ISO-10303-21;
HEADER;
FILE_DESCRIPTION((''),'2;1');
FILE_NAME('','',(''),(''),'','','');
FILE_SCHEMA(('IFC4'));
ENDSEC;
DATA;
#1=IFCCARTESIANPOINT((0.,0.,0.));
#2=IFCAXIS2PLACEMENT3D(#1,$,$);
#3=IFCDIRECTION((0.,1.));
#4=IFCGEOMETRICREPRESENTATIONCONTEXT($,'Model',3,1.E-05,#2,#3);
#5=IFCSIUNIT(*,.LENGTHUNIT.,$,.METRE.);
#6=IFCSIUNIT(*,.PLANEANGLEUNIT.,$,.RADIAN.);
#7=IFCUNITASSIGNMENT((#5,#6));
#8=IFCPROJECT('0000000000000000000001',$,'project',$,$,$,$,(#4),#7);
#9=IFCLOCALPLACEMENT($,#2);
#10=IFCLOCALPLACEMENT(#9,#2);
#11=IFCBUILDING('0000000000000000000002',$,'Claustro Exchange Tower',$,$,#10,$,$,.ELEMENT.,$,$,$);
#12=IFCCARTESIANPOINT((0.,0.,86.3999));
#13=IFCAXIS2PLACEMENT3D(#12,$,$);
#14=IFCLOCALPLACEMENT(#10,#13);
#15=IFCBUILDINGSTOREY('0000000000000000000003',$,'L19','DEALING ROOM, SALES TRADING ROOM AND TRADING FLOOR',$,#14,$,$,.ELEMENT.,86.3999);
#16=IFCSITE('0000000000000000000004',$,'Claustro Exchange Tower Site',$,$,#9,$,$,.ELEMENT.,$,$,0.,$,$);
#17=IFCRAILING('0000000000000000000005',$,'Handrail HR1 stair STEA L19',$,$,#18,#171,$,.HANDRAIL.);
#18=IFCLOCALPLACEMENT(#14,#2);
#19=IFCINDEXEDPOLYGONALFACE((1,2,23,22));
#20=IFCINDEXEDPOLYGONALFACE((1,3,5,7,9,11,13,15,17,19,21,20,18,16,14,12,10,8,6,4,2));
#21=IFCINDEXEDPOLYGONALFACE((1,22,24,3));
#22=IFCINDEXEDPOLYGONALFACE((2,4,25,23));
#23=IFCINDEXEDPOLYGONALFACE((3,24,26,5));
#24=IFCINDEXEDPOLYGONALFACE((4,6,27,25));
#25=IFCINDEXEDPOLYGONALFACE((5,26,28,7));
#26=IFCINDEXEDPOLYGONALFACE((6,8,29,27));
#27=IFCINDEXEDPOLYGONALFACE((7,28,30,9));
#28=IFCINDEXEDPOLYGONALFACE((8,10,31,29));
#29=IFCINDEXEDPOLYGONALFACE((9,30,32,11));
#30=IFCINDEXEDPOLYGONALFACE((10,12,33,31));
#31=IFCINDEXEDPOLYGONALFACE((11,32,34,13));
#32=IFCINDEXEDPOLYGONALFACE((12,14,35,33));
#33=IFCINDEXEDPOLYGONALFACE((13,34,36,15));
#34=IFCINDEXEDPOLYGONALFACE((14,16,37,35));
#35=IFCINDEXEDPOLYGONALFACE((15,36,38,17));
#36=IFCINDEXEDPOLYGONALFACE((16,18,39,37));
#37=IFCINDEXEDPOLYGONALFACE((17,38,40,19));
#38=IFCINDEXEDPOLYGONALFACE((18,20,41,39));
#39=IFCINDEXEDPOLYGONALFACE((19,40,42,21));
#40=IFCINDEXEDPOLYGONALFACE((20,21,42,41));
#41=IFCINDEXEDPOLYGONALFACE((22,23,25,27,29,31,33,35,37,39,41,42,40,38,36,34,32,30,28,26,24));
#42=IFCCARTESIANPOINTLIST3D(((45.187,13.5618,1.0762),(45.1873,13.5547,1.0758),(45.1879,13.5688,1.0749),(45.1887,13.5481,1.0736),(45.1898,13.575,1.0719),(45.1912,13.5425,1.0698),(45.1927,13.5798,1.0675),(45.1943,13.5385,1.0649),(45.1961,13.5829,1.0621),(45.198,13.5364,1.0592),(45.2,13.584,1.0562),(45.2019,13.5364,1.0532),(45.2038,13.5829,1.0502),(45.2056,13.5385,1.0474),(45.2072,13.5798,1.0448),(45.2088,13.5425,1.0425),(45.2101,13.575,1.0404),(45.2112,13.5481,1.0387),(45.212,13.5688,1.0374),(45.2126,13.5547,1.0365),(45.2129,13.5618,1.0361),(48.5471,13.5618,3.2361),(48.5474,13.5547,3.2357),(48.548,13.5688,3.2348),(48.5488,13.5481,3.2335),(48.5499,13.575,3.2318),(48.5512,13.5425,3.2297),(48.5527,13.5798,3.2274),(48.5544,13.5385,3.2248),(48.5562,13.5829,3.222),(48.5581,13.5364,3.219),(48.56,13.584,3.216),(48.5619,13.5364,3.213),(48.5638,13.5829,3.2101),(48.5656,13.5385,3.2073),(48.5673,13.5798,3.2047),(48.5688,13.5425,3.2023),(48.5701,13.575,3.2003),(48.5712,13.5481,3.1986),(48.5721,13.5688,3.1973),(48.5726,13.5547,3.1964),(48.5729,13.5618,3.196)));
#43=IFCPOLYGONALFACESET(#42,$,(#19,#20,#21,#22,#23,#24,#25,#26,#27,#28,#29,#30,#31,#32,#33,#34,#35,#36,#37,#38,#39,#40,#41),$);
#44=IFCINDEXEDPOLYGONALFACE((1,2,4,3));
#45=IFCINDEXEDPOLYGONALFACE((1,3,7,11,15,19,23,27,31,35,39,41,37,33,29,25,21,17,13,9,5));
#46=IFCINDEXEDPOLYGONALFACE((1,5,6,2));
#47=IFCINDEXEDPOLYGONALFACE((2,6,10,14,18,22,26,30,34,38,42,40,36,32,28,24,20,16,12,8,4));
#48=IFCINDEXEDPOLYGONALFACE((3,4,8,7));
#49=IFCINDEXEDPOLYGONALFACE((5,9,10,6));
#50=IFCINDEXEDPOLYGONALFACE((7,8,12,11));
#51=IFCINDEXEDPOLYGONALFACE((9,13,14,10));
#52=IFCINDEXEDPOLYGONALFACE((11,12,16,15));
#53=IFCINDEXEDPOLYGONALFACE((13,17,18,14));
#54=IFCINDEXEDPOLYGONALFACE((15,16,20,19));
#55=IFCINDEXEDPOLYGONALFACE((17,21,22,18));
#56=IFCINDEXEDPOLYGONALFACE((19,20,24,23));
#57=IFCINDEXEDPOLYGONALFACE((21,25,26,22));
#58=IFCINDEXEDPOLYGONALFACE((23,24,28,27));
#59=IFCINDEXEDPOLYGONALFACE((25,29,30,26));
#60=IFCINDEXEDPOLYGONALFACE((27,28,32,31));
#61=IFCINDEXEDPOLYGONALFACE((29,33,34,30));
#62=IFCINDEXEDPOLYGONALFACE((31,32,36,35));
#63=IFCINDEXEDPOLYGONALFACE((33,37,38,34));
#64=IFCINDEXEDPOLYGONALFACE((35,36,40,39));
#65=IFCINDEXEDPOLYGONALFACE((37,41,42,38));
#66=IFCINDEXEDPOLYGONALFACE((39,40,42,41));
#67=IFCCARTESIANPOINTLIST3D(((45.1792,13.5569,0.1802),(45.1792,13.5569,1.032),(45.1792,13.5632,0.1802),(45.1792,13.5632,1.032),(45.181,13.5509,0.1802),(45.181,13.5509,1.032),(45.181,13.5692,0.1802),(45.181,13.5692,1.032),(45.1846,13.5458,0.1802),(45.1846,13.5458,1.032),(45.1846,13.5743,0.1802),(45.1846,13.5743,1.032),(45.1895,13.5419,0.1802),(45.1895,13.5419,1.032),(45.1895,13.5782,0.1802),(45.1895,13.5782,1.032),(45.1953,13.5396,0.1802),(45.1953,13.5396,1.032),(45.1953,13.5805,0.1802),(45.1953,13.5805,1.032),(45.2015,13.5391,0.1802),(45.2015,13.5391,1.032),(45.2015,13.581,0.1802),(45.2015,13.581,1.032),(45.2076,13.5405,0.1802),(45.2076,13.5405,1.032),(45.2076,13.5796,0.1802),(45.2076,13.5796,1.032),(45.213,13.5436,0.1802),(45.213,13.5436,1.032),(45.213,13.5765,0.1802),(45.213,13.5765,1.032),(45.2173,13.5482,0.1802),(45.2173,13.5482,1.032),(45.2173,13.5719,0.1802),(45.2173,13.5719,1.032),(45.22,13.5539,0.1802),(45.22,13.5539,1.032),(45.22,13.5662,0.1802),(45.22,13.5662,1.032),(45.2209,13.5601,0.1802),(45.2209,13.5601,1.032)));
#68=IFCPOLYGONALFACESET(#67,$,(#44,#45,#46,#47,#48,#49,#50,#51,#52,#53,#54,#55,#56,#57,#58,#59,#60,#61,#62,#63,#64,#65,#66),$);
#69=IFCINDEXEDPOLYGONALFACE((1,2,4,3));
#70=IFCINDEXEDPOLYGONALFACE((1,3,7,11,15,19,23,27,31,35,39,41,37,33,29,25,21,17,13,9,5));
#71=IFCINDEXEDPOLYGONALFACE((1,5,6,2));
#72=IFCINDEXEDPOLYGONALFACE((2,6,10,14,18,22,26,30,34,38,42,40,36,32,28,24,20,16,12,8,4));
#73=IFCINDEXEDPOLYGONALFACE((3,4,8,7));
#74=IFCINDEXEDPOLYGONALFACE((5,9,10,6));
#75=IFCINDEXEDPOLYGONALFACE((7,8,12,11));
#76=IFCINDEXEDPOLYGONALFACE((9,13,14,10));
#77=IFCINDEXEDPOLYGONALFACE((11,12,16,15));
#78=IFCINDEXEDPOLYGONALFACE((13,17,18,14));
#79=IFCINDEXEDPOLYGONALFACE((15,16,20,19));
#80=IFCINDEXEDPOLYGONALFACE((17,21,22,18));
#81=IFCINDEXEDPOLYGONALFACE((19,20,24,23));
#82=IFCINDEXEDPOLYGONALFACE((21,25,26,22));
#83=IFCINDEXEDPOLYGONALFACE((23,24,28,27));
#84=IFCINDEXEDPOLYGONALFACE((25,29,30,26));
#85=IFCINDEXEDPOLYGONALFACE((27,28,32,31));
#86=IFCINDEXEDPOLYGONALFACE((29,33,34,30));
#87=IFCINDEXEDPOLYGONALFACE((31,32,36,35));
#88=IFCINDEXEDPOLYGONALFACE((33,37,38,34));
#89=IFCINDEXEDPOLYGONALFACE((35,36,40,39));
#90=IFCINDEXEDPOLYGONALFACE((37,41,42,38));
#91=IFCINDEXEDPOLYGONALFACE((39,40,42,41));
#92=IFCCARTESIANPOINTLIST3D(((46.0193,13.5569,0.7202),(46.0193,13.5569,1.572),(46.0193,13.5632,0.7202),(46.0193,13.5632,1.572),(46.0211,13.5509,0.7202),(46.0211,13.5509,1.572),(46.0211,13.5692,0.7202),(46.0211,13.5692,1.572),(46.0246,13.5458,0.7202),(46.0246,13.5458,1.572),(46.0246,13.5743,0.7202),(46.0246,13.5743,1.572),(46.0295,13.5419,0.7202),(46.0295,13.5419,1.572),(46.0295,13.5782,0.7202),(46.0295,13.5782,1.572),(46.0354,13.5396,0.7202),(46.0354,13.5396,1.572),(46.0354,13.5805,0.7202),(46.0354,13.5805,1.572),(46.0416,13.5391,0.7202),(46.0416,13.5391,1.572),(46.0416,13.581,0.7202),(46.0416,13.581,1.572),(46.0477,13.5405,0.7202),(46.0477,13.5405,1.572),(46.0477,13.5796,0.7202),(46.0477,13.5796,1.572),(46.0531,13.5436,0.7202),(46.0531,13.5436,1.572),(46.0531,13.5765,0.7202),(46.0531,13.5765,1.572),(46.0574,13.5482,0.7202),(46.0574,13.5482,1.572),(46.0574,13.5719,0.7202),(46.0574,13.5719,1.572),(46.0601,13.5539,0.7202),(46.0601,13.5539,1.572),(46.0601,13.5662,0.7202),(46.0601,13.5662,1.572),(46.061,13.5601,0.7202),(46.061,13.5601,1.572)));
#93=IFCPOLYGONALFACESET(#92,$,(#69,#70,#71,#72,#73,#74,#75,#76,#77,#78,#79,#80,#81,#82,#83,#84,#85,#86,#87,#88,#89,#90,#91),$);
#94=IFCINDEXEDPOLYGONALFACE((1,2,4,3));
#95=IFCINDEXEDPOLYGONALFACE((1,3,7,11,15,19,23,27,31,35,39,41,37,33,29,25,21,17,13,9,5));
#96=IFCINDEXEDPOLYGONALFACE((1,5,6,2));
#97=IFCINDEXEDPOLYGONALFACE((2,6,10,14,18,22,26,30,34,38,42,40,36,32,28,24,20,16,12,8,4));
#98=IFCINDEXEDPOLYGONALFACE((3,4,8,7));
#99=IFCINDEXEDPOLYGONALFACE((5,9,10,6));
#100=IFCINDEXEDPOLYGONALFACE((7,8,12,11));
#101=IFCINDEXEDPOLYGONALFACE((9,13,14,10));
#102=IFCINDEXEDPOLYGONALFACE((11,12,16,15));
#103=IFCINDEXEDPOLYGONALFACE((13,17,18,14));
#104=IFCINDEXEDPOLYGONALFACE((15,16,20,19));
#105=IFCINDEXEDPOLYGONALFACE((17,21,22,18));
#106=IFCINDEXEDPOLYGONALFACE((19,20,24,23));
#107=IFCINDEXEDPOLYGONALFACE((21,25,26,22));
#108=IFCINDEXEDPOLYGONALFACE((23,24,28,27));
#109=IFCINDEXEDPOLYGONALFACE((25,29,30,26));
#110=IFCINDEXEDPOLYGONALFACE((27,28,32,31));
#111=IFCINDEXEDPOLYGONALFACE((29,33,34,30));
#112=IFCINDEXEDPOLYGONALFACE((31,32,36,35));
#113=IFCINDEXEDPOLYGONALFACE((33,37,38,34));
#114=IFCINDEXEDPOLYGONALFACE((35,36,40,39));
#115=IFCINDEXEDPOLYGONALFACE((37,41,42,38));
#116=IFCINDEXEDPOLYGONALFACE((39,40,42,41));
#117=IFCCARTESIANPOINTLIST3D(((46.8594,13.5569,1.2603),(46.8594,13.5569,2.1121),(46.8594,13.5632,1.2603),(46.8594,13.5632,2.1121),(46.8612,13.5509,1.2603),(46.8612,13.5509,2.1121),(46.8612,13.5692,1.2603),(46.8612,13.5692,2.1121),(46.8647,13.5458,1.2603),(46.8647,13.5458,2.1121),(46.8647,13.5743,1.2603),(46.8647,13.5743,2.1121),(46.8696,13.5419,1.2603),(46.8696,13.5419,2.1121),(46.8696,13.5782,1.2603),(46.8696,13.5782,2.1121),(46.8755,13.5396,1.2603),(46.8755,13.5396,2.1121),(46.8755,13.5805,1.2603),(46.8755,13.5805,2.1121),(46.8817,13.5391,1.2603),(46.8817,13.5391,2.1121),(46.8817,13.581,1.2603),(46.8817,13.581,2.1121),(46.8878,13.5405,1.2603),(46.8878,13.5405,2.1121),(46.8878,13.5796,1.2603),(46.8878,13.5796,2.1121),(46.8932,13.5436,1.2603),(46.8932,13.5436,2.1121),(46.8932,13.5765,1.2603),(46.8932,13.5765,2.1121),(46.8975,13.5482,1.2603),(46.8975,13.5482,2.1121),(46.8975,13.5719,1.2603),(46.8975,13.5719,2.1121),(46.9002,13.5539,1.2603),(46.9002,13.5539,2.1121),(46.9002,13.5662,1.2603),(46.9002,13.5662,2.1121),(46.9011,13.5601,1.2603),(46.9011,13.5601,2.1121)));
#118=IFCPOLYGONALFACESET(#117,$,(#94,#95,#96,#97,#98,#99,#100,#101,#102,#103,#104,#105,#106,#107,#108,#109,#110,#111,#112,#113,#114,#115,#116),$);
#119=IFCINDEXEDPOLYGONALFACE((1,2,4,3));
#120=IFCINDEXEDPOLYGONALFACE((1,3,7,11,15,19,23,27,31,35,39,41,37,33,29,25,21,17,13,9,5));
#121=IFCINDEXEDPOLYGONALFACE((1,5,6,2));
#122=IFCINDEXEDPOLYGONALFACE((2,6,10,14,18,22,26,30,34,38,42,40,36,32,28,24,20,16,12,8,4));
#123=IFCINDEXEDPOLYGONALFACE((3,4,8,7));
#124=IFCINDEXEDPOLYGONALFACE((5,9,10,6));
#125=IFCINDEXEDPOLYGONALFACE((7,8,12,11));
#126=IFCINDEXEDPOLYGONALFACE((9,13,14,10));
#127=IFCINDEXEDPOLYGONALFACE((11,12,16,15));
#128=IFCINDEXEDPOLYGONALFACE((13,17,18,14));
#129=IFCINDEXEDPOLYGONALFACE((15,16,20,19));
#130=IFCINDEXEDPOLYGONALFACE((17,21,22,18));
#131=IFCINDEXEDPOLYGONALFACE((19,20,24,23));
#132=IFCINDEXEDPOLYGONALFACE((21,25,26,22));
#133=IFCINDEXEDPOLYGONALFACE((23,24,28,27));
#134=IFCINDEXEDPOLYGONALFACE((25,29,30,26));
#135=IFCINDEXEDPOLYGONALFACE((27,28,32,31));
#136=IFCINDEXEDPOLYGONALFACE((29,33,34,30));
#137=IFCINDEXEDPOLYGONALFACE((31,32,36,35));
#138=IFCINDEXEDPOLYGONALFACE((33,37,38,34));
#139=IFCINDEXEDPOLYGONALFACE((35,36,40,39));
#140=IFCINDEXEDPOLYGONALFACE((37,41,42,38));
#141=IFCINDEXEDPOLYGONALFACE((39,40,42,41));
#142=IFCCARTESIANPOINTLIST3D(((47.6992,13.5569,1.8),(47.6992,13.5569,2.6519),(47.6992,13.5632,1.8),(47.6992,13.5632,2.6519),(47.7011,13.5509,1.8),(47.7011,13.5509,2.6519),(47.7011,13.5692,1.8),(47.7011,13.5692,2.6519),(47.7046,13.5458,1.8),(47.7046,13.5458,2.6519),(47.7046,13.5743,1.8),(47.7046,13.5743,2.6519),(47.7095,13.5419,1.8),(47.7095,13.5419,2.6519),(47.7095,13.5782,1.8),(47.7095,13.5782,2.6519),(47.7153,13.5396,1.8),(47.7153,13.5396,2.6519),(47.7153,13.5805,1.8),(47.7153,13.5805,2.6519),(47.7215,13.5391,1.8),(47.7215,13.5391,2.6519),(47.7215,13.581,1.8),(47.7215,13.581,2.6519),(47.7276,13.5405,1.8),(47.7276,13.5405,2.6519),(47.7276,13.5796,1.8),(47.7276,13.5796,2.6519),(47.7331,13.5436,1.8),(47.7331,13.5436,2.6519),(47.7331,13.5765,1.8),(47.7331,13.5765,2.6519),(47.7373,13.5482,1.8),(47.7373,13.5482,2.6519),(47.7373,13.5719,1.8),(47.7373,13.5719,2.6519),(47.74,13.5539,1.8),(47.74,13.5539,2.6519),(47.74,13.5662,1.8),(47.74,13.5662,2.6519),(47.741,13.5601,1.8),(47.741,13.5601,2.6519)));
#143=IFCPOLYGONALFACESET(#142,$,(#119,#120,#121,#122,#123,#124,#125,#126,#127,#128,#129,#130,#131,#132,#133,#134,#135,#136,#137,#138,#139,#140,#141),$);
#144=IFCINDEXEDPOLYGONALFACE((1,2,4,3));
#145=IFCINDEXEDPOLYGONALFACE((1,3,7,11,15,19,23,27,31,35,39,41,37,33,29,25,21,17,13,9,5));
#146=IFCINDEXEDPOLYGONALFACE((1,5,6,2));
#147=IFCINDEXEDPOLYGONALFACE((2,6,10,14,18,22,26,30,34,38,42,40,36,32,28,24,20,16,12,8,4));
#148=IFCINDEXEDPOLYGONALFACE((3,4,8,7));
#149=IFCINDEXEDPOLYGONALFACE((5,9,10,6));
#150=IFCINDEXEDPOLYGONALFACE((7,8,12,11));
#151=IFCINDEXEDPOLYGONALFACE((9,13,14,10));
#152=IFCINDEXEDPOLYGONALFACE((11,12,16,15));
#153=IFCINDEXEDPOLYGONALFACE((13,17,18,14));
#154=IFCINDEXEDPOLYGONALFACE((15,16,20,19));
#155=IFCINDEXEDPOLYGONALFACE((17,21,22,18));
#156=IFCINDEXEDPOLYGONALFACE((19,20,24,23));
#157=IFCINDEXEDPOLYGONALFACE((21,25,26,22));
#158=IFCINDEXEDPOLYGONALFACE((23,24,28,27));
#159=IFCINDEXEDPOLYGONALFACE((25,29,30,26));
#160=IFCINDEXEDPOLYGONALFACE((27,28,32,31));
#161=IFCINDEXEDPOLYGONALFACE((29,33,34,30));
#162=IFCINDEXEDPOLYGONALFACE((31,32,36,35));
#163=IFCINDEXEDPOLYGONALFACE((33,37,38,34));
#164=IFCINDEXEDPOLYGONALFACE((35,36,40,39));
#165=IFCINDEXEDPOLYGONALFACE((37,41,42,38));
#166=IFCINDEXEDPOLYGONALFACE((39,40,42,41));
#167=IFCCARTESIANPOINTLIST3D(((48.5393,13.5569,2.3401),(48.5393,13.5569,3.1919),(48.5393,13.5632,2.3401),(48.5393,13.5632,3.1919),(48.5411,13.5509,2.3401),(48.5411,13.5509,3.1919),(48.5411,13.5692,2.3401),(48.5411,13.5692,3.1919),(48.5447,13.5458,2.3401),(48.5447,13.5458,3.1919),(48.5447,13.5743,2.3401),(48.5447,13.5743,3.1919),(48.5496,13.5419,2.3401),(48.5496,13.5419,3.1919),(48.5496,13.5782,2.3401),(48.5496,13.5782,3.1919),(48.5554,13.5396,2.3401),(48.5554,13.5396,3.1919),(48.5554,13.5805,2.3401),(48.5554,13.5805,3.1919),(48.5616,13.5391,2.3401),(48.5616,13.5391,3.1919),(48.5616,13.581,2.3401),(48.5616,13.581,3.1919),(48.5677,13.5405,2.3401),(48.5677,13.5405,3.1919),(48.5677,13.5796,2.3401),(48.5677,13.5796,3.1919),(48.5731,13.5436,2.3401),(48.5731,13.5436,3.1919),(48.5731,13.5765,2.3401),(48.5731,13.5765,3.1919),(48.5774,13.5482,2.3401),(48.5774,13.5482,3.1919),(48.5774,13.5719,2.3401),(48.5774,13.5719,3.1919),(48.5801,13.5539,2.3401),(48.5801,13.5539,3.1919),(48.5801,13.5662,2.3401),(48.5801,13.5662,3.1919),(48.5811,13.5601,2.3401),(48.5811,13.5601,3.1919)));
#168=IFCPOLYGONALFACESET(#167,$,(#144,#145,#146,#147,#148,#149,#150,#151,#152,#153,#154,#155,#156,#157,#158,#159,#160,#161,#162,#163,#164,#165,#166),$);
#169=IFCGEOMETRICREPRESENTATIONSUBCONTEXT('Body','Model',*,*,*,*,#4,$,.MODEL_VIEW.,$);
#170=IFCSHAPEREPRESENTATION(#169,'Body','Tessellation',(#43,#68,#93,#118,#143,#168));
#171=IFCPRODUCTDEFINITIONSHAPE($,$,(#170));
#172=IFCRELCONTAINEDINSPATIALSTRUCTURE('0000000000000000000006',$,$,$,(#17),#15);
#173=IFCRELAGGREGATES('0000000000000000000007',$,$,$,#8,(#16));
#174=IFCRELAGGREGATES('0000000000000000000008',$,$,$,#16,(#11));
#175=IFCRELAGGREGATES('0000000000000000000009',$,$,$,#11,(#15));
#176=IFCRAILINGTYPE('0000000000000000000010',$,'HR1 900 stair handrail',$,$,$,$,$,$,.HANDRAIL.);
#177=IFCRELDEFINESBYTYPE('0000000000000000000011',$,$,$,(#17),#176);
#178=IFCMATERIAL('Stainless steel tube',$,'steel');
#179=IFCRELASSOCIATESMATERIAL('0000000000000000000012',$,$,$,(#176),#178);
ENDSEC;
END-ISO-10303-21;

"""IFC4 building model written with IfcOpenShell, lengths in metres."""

from ifc_helpers import new_model, si_unit, direction, frame, origin, origin_2d, place, context, subcontext, project, spatial, circle, extrude, material, type_object, element, save


model = new_model("IFC4")

# Units and contexts
model_context = context("Model", 3, precision=1e-05, world=origin(), true_north=direction((0.0, 1.0)))
body_context = subcontext(model_context, "Body", "Model", "MODEL_VIEW")
ifc_project = project(units=[si_unit("LENGTHUNIT", "METRE"), si_unit("PLANEANGLEUNIT", "RADIAN")], contexts=[model_context])

# Site, building, storey
site_placement = place(None, origin())
site = spatial("IfcSite", under=ifc_project, at=site_placement, Name="Claustro Exchange Tower Site", CompositionType="ELEMENT", RefElevation=0.0)
building_placement = place(site_placement, origin())
building = spatial("IfcBuilding", under=site, at=building_placement, Name="Claustro Exchange Tower", CompositionType="ELEMENT")
storey_placement = place(building_placement, frame((0.0, 0.0, 86.3999)))
storey = spatial("IfcBuildingStorey", under=building, at=storey_placement, Name="L19", Description="DEALING ROOM, SALES TRADING ROOM AND TRADING FLOOR", CompositionType="ELEMENT", Elevation=86.3999)

# Railing
ifc_material_1 = material(Name="Stainless steel tube", Category="steel")
railing_type = type_object("IfcRailingType", Name="HR1 900 stair handrail", PredefinedType="HANDRAIL", material=ifc_material_1)
railing_placement = place(storey_placement, frame((45.2, 13.5601, 0.1802)))
element("IfcRailing", 1, at=railing_placement, inside=storey, type_object=railing_type, Name="Handrail HR1 stair STEA L19", PredefinedType="HANDRAIL", context=body_context, shape_type="SweptSolid", body=[
    extrude(circle(Radius=0.0239, at=origin_2d()), frame((0.0, 0.0, 0.876), z_axis=(0.841196, 0.0, 0.54073), x_axis=(0.0, 1.0, 0.0)), (0.0, 0.0, 1.0), 3.9944),
    extrude(circle(Radius=0.021, at=origin_2d()), origin(), (0.0, 0.0, 1.0), 0.8518),
    extrude(circle(Radius=0.021, at=origin_2d()), frame((0.8401, 0.0, 0.54)), (0.0, 0.0, 1.0), 0.8518),
    extrude(circle(Radius=0.021, at=origin_2d()), frame((1.6802, 0.0, 1.0801)), (0.0, 0.0, 1.0), 0.8518),
    extrude(circle(Radius=0.021, at=origin_2d()), frame((2.52, 0.0, 1.6199)), (0.0, 0.0, 1.0), 0.8518),
    extrude(circle(Radius=0.021, at=origin_2d()), frame((3.3601, 0.0, 2.1599)), (0.0, 0.0, 1.0), 0.8518),
])

save(model, "model.ifc")
